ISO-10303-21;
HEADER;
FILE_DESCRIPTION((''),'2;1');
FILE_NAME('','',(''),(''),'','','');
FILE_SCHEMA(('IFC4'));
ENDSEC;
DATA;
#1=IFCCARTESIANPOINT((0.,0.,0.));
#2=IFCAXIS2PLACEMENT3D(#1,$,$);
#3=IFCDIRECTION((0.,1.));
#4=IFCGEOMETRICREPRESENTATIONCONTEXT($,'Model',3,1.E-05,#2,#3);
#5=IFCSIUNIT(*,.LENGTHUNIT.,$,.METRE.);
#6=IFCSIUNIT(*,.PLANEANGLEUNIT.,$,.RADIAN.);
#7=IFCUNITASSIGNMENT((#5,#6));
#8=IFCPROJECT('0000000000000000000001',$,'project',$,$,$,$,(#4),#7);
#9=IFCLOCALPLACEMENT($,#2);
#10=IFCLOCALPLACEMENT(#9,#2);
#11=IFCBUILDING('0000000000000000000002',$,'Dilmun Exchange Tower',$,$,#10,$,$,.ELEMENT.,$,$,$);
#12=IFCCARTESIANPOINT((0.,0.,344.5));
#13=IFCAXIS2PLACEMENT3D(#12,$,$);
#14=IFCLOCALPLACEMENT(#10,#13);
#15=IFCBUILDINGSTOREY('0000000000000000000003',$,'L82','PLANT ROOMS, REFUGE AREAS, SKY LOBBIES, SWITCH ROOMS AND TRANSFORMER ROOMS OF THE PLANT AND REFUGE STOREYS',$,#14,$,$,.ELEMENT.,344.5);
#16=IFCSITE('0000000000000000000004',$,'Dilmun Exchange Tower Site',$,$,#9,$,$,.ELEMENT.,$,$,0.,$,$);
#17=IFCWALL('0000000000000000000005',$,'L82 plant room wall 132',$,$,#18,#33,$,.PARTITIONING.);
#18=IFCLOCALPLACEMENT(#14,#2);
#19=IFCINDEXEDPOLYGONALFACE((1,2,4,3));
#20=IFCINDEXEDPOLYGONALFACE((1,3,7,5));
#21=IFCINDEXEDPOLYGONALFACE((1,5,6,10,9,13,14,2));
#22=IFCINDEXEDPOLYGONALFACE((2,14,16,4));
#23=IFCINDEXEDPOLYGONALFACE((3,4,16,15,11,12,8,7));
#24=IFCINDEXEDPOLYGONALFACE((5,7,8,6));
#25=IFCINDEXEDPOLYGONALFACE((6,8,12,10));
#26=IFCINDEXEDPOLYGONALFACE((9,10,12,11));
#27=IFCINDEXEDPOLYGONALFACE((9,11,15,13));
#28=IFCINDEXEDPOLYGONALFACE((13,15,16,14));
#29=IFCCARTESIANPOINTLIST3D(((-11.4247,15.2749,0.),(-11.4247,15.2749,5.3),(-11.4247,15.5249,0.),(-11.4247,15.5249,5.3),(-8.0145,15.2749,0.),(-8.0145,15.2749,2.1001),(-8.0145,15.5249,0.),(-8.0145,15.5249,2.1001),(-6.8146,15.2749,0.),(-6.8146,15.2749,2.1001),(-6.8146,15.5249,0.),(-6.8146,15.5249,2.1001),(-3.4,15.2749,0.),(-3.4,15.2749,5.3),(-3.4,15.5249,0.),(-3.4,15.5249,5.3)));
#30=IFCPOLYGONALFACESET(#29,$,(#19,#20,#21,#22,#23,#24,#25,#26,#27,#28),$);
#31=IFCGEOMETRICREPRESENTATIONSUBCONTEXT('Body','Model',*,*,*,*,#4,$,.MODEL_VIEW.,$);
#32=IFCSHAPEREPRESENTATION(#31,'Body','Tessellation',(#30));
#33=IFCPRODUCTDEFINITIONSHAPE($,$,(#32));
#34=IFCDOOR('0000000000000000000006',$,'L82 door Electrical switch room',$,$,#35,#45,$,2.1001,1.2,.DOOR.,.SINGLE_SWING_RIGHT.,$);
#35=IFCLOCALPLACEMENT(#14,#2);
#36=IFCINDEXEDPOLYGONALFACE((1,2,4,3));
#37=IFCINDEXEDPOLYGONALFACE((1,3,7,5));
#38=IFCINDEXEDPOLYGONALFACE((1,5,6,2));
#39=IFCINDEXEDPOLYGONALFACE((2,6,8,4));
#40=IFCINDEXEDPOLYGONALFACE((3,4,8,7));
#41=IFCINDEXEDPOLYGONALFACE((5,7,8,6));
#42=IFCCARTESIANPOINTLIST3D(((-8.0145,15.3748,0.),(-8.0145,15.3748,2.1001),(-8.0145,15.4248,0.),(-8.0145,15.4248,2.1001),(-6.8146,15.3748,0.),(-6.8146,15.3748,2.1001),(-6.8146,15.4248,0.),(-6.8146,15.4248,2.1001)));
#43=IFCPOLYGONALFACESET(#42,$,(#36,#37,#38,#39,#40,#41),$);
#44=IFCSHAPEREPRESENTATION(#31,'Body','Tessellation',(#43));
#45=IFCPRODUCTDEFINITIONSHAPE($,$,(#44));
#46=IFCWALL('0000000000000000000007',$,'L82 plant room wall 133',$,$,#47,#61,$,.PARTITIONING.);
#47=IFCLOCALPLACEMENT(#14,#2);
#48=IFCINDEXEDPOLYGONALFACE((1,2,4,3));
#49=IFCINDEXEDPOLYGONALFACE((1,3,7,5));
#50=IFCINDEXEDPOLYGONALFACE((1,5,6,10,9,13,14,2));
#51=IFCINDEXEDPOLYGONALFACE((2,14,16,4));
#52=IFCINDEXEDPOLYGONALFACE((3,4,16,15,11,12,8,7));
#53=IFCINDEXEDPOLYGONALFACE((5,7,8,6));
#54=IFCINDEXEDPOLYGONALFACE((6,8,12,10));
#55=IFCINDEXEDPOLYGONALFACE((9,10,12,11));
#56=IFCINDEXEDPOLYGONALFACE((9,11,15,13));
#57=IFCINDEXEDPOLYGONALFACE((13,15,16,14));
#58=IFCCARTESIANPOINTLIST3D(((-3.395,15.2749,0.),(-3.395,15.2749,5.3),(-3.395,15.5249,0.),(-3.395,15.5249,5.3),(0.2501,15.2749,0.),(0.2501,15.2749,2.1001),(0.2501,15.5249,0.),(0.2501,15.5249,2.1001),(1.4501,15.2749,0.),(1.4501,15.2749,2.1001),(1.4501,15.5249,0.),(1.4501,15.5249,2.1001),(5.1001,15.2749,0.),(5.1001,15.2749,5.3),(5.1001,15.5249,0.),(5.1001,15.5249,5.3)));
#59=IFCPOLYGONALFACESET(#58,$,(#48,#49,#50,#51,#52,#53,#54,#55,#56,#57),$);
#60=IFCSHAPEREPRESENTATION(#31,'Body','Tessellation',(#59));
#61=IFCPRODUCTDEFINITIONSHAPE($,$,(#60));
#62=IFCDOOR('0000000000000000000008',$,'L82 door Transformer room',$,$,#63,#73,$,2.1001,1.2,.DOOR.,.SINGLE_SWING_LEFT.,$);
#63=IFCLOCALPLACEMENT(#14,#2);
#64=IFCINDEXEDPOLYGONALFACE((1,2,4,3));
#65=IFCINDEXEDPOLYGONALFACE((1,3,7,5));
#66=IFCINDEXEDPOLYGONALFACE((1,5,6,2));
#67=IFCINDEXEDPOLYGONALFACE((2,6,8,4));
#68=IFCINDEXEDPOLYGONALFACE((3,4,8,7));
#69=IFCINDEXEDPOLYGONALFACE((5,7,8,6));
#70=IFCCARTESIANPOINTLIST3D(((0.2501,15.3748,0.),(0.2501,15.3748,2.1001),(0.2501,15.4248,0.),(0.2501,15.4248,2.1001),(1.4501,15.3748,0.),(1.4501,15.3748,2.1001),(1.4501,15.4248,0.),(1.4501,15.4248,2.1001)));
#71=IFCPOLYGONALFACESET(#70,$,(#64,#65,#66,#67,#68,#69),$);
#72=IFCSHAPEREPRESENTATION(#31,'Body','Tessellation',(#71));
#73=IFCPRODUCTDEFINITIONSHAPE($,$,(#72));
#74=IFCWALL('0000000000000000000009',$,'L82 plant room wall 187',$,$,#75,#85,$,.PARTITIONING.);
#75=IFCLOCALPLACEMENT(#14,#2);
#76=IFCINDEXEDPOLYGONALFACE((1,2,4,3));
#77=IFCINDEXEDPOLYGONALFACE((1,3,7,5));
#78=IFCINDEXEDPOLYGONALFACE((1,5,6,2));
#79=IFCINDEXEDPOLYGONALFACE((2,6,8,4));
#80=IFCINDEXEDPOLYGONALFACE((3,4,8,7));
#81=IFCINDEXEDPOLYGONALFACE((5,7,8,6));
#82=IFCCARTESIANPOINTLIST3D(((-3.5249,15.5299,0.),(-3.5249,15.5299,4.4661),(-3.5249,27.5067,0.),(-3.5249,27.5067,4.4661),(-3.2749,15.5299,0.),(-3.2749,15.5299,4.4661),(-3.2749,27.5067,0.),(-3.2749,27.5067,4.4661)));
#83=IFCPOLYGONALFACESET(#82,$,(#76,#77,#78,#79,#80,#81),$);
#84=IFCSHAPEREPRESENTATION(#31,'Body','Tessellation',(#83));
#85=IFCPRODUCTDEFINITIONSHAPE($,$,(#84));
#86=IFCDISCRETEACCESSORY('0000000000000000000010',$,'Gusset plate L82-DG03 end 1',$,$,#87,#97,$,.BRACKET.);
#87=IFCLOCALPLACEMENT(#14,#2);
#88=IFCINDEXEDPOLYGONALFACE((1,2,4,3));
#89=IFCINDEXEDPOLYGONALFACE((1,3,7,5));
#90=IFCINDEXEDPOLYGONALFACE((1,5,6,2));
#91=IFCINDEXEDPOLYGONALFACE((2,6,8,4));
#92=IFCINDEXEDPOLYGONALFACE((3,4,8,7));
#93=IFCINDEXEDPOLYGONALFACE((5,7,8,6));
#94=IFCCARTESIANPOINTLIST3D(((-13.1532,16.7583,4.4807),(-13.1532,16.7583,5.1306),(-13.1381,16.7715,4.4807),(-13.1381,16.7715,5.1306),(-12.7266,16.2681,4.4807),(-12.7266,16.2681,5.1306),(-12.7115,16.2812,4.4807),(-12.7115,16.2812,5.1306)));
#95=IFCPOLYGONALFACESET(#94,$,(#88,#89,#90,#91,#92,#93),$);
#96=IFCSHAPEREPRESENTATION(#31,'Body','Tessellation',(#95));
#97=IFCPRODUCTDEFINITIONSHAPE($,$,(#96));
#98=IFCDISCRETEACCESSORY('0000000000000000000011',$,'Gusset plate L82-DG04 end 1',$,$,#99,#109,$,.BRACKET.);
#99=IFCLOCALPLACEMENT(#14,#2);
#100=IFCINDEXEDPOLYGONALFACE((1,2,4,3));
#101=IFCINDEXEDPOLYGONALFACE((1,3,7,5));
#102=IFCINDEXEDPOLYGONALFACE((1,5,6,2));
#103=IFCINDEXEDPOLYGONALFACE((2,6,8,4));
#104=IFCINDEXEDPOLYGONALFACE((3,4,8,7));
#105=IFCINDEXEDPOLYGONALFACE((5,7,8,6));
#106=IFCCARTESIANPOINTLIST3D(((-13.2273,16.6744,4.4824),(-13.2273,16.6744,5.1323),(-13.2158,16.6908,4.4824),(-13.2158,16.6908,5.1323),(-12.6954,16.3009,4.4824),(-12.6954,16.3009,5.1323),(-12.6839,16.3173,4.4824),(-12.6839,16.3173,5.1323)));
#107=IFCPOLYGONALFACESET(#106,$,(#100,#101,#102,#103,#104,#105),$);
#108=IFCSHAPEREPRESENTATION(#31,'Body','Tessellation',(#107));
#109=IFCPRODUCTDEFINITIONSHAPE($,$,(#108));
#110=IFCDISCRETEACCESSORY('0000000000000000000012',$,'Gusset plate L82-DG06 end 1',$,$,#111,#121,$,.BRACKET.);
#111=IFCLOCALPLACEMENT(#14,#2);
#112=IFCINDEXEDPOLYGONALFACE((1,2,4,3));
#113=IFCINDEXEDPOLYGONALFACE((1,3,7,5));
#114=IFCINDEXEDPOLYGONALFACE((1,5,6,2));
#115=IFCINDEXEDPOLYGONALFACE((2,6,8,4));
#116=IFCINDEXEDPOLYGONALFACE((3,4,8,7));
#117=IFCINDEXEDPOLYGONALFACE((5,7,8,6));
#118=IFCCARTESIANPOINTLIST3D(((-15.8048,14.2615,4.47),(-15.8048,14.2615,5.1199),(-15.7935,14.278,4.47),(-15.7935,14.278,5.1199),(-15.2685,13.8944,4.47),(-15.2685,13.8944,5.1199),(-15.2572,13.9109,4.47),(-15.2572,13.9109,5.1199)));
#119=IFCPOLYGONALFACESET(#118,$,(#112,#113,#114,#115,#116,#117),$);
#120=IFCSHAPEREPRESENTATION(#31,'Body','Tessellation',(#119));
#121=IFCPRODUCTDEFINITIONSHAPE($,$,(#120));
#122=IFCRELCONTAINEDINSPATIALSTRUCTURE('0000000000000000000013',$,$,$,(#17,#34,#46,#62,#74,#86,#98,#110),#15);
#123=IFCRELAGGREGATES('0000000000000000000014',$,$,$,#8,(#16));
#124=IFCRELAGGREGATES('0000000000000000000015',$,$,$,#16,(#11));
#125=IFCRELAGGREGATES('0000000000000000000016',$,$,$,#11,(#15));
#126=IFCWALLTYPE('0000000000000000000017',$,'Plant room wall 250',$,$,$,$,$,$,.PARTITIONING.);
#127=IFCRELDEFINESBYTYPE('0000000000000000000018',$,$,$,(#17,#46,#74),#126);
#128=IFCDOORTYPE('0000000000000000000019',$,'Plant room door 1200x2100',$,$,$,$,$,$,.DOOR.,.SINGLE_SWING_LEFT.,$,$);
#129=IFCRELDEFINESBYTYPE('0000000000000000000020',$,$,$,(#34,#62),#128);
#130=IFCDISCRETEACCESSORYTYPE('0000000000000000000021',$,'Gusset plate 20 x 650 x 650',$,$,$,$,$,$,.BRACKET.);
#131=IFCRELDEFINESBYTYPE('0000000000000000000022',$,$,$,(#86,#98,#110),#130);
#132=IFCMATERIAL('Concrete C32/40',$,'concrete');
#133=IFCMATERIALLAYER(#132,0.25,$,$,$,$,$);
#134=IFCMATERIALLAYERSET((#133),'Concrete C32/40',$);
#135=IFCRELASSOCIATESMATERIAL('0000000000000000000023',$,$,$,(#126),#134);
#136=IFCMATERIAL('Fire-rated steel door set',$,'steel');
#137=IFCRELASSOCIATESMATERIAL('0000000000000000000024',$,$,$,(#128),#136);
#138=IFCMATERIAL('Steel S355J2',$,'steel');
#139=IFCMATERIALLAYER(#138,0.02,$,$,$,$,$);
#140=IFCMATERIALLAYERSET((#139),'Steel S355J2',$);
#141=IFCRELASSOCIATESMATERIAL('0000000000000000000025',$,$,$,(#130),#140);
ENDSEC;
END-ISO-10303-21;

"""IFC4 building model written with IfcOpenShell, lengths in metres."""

from ifc_helpers import new_model, si_unit, direction, frame, frame_2d, origin, origin_2d, place, context, subcontext, project, spatial, rectangle, extrude, material, layer, layer_set, type_object, element, fill, save


model = new_model("IFC4")

# Units and contexts
model_context = context("Model", 3, precision=1e-05, world=origin(), true_north=direction((0.0, 1.0)))
body_context = subcontext(model_context, "Body", "Model", "MODEL_VIEW")
ifc_project = project(units=[si_unit("LENGTHUNIT", "METRE"), si_unit("PLANEANGLEUNIT", "RADIAN")], contexts=[model_context])

# Site, building, storey
site_placement = place(None, origin())
site = spatial("IfcSite", under=ifc_project, at=site_placement, Name="Dilmun Exchange Tower Site", CompositionType="ELEMENT", RefElevation=0.0)
building_placement = place(site_placement, origin())
building = spatial("IfcBuilding", under=site, at=building_placement, Name="Dilmun Exchange Tower", CompositionType="ELEMENT")
storey_placement = place(building_placement, frame((0.0, 0.0, 344.5)))
storey = spatial("IfcBuildingStorey", under=building, at=storey_placement, Name="L82", Description="PLANT ROOMS, REFUGE AREAS, SKY LOBBIES, SWITCH ROOMS AND TRANSFORMER ROOMS OF THE PLANT AND REFUGE STOREYS", CompositionType="ELEMENT", Elevation=344.5)

# Shared definitions
ifc_material_1 = material(Name="Concrete C32/40", Category="concrete")
ifc_layer_1 = layer(ifc_material_1, 0.25)
ifc_layer_set_1 = layer_set([ifc_layer_1], Name="Concrete C32/40")
wall_type = type_object("IfcWallType", Name="Plant room wall 250", PredefinedType="PARTITIONING", material=ifc_layer_set_1)

# Walls, openings, doors
wall_1_placement = place(storey_placement, frame((-11.4246, 15.3999, 0.0), z_axis=(0.0, 0.0, 1.0), x_axis=(1.0, 0.0, 0.0)))
wall_1 = element("IfcWall", 1, at=wall_1_placement, inside=storey, type_object=wall_type, Name="L82 plant room wall 132", PredefinedType="PARTITIONING", context=body_context, shape_type="SweptSolid", body=[
    extrude(rectangle(XDim=8.0247, YDim=0.25, at=frame_2d((4.0122, 0.0))), origin(), (0.0, 0.0, 1.0), 5.3),
])
opening_1_placement = place(wall_1_placement, frame((3.4099, 0.0, 0.0)))
opening_1 = element("IfcOpeningElement", 2, at=opening_1_placement, cuts=wall_1, PredefinedType="OPENING", context=body_context, shape_type="SweptSolid", body=[
    extrude(rectangle(XDim=1.2, YDim=2.1001, at=frame_2d((0.6001, 1.05))), frame((0.0, 0.135, 0.0), z_axis=(0.0, -1.0, 0.0), x_axis=(1.0, 0.0, 0.0)), (0.0, 0.0, 1.0), 0.27),
])
ifc_material_2 = material(Name="Fire-rated steel door set", Category="steel")
door_type = type_object("IfcDoorType", Name="Plant room door 1200x2100", OperationType="SINGLE_SWING_LEFT", PredefinedType="DOOR", material=ifc_material_2)
door_1_placement = place(opening_1_placement, origin())
door_1 = element("IfcDoor", 3, at=door_1_placement, inside=storey, type_object=door_type, Name="L82 door Electrical switch room", OperationType="SINGLE_SWING_RIGHT", OverallHeight=2.1001, OverallWidth=1.2, PredefinedType="DOOR", context=body_context, shape_type="SweptSolid", body=[
    extrude(rectangle(XDim=1.2, YDim=2.1001, at=frame_2d((0.6001, 1.05))), frame((0.0, 0.0249, 0.0), z_axis=(0.0, -1.0, 0.0), x_axis=(1.0, 0.0, 0.0)), (0.0, 0.0, 1.0), 0.05),
])
fill(opening_1, door_1)
wall_2_placement = place(storey_placement, frame((-3.395, 15.3999, 0.0), z_axis=(0.0, 0.0, 1.0), x_axis=(1.0, 0.0, 0.0)))
wall_2 = element("IfcWall", 4, at=wall_2_placement, inside=storey, type_object=wall_type, Name="L82 plant room wall 133", PredefinedType="PARTITIONING", context=body_context, shape_type="SweptSolid", body=[
    extrude(rectangle(XDim=8.4951, YDim=0.25, at=frame_2d((4.2476, 0.0))), origin(), (0.0, 0.0, 1.0), 5.3),
])
opening_2_placement = place(wall_2_placement, frame((3.645, 0.0, 0.0)))
opening_2 = element("IfcOpeningElement", 5, at=opening_2_placement, cuts=wall_2, PredefinedType="OPENING", context=body_context, shape_type="SweptSolid", body=[
    extrude(rectangle(XDim=1.2, YDim=2.1001, at=frame_2d((0.6001, 1.05))), frame((0.0, 0.135, 0.0), z_axis=(0.0, -1.0, 0.0), x_axis=(1.0, 0.0, 0.0)), (0.0, 0.0, 1.0), 0.27),
])
door_2_placement = place(opening_2_placement, origin())
door_2 = element("IfcDoor", 6, at=door_2_placement, inside=storey, type_object=door_type, Name="L82 door Transformer room", OperationType="SINGLE_SWING_LEFT", OverallHeight=2.1001, OverallWidth=1.2, PredefinedType="DOOR", context=body_context, shape_type="SweptSolid", body=[
    extrude(rectangle(XDim=1.2, YDim=2.1001, at=frame_2d((0.6001, 1.05))), frame((0.0, 0.0249, 0.0), z_axis=(0.0, -1.0, 0.0), x_axis=(1.0, 0.0, 0.0)), (0.0, 0.0, 1.0), 0.05),
])
fill(opening_2, door_2)

# Wall
wall_3_placement = place(storey_placement, frame((-3.3999, 15.53, 0.0), z_axis=(0.0, 0.0, 1.0), x_axis=(0.0, 1.0, 0.0)))
element("IfcWall", 7, at=wall_3_placement, inside=storey, type_object=wall_type, Name="L82 plant room wall 187", PredefinedType="PARTITIONING", context=body_context, shape_type="SweptSolid", body=[
    extrude(rectangle(XDim=11.9768, YDim=0.25, at=frame_2d((5.9883, 0.0))), origin(), (0.0, 0.0, 1.0), 4.4661),
])

# Discrete accessories
ifc_material_3 = material(Name="Steel S355J2", Category="steel")
ifc_layer_2 = layer(ifc_material_3, 0.02)
ifc_layer_set_2 = layer_set([ifc_layer_2], Name="Steel S355J2")
discrete_accessory_type = type_object("IfcDiscreteAccessoryType", Name="Gusset plate 20 x 650 x 650", PredefinedType="BRACKET", material=ifc_layer_set_2)
for number, where, z_axis, x_axis, name in (
    (8, (-12.9324, 16.5198, 4.4807), (0.0, 0.0, 1.0), (-0.656413, 0.754401, 0.0), "Gusset plate L82-DG03 end 1"),
    (9, (-12.9556, 16.4958, 4.4824), (0.0, 0.0, 1.0), (-0.818438, 0.574595, 0.0), "Gusset plate L82-DG04 end 1"),
    (10, (-15.531, 14.0862, 4.47), (0.0, 0.0, 1.0), (-0.825161, 0.564898, 0.0), "Gusset plate L82-DG06 end 1"),
):
    element("IfcDiscreteAccessory", number, at=place(storey_placement, frame(where, z_axis=z_axis, x_axis=x_axis)), inside=storey, type_object=discrete_accessory_type, Name=name, PredefinedType="BRACKET", context=body_context, shape_type="SweptSolid", body=[
        extrude(rectangle(XDim=0.6499, YDim=0.02, at=origin_2d()), origin(), (0.0, 0.0, 1.0), 0.6499),
    ])

save(model, "model.ifc")
